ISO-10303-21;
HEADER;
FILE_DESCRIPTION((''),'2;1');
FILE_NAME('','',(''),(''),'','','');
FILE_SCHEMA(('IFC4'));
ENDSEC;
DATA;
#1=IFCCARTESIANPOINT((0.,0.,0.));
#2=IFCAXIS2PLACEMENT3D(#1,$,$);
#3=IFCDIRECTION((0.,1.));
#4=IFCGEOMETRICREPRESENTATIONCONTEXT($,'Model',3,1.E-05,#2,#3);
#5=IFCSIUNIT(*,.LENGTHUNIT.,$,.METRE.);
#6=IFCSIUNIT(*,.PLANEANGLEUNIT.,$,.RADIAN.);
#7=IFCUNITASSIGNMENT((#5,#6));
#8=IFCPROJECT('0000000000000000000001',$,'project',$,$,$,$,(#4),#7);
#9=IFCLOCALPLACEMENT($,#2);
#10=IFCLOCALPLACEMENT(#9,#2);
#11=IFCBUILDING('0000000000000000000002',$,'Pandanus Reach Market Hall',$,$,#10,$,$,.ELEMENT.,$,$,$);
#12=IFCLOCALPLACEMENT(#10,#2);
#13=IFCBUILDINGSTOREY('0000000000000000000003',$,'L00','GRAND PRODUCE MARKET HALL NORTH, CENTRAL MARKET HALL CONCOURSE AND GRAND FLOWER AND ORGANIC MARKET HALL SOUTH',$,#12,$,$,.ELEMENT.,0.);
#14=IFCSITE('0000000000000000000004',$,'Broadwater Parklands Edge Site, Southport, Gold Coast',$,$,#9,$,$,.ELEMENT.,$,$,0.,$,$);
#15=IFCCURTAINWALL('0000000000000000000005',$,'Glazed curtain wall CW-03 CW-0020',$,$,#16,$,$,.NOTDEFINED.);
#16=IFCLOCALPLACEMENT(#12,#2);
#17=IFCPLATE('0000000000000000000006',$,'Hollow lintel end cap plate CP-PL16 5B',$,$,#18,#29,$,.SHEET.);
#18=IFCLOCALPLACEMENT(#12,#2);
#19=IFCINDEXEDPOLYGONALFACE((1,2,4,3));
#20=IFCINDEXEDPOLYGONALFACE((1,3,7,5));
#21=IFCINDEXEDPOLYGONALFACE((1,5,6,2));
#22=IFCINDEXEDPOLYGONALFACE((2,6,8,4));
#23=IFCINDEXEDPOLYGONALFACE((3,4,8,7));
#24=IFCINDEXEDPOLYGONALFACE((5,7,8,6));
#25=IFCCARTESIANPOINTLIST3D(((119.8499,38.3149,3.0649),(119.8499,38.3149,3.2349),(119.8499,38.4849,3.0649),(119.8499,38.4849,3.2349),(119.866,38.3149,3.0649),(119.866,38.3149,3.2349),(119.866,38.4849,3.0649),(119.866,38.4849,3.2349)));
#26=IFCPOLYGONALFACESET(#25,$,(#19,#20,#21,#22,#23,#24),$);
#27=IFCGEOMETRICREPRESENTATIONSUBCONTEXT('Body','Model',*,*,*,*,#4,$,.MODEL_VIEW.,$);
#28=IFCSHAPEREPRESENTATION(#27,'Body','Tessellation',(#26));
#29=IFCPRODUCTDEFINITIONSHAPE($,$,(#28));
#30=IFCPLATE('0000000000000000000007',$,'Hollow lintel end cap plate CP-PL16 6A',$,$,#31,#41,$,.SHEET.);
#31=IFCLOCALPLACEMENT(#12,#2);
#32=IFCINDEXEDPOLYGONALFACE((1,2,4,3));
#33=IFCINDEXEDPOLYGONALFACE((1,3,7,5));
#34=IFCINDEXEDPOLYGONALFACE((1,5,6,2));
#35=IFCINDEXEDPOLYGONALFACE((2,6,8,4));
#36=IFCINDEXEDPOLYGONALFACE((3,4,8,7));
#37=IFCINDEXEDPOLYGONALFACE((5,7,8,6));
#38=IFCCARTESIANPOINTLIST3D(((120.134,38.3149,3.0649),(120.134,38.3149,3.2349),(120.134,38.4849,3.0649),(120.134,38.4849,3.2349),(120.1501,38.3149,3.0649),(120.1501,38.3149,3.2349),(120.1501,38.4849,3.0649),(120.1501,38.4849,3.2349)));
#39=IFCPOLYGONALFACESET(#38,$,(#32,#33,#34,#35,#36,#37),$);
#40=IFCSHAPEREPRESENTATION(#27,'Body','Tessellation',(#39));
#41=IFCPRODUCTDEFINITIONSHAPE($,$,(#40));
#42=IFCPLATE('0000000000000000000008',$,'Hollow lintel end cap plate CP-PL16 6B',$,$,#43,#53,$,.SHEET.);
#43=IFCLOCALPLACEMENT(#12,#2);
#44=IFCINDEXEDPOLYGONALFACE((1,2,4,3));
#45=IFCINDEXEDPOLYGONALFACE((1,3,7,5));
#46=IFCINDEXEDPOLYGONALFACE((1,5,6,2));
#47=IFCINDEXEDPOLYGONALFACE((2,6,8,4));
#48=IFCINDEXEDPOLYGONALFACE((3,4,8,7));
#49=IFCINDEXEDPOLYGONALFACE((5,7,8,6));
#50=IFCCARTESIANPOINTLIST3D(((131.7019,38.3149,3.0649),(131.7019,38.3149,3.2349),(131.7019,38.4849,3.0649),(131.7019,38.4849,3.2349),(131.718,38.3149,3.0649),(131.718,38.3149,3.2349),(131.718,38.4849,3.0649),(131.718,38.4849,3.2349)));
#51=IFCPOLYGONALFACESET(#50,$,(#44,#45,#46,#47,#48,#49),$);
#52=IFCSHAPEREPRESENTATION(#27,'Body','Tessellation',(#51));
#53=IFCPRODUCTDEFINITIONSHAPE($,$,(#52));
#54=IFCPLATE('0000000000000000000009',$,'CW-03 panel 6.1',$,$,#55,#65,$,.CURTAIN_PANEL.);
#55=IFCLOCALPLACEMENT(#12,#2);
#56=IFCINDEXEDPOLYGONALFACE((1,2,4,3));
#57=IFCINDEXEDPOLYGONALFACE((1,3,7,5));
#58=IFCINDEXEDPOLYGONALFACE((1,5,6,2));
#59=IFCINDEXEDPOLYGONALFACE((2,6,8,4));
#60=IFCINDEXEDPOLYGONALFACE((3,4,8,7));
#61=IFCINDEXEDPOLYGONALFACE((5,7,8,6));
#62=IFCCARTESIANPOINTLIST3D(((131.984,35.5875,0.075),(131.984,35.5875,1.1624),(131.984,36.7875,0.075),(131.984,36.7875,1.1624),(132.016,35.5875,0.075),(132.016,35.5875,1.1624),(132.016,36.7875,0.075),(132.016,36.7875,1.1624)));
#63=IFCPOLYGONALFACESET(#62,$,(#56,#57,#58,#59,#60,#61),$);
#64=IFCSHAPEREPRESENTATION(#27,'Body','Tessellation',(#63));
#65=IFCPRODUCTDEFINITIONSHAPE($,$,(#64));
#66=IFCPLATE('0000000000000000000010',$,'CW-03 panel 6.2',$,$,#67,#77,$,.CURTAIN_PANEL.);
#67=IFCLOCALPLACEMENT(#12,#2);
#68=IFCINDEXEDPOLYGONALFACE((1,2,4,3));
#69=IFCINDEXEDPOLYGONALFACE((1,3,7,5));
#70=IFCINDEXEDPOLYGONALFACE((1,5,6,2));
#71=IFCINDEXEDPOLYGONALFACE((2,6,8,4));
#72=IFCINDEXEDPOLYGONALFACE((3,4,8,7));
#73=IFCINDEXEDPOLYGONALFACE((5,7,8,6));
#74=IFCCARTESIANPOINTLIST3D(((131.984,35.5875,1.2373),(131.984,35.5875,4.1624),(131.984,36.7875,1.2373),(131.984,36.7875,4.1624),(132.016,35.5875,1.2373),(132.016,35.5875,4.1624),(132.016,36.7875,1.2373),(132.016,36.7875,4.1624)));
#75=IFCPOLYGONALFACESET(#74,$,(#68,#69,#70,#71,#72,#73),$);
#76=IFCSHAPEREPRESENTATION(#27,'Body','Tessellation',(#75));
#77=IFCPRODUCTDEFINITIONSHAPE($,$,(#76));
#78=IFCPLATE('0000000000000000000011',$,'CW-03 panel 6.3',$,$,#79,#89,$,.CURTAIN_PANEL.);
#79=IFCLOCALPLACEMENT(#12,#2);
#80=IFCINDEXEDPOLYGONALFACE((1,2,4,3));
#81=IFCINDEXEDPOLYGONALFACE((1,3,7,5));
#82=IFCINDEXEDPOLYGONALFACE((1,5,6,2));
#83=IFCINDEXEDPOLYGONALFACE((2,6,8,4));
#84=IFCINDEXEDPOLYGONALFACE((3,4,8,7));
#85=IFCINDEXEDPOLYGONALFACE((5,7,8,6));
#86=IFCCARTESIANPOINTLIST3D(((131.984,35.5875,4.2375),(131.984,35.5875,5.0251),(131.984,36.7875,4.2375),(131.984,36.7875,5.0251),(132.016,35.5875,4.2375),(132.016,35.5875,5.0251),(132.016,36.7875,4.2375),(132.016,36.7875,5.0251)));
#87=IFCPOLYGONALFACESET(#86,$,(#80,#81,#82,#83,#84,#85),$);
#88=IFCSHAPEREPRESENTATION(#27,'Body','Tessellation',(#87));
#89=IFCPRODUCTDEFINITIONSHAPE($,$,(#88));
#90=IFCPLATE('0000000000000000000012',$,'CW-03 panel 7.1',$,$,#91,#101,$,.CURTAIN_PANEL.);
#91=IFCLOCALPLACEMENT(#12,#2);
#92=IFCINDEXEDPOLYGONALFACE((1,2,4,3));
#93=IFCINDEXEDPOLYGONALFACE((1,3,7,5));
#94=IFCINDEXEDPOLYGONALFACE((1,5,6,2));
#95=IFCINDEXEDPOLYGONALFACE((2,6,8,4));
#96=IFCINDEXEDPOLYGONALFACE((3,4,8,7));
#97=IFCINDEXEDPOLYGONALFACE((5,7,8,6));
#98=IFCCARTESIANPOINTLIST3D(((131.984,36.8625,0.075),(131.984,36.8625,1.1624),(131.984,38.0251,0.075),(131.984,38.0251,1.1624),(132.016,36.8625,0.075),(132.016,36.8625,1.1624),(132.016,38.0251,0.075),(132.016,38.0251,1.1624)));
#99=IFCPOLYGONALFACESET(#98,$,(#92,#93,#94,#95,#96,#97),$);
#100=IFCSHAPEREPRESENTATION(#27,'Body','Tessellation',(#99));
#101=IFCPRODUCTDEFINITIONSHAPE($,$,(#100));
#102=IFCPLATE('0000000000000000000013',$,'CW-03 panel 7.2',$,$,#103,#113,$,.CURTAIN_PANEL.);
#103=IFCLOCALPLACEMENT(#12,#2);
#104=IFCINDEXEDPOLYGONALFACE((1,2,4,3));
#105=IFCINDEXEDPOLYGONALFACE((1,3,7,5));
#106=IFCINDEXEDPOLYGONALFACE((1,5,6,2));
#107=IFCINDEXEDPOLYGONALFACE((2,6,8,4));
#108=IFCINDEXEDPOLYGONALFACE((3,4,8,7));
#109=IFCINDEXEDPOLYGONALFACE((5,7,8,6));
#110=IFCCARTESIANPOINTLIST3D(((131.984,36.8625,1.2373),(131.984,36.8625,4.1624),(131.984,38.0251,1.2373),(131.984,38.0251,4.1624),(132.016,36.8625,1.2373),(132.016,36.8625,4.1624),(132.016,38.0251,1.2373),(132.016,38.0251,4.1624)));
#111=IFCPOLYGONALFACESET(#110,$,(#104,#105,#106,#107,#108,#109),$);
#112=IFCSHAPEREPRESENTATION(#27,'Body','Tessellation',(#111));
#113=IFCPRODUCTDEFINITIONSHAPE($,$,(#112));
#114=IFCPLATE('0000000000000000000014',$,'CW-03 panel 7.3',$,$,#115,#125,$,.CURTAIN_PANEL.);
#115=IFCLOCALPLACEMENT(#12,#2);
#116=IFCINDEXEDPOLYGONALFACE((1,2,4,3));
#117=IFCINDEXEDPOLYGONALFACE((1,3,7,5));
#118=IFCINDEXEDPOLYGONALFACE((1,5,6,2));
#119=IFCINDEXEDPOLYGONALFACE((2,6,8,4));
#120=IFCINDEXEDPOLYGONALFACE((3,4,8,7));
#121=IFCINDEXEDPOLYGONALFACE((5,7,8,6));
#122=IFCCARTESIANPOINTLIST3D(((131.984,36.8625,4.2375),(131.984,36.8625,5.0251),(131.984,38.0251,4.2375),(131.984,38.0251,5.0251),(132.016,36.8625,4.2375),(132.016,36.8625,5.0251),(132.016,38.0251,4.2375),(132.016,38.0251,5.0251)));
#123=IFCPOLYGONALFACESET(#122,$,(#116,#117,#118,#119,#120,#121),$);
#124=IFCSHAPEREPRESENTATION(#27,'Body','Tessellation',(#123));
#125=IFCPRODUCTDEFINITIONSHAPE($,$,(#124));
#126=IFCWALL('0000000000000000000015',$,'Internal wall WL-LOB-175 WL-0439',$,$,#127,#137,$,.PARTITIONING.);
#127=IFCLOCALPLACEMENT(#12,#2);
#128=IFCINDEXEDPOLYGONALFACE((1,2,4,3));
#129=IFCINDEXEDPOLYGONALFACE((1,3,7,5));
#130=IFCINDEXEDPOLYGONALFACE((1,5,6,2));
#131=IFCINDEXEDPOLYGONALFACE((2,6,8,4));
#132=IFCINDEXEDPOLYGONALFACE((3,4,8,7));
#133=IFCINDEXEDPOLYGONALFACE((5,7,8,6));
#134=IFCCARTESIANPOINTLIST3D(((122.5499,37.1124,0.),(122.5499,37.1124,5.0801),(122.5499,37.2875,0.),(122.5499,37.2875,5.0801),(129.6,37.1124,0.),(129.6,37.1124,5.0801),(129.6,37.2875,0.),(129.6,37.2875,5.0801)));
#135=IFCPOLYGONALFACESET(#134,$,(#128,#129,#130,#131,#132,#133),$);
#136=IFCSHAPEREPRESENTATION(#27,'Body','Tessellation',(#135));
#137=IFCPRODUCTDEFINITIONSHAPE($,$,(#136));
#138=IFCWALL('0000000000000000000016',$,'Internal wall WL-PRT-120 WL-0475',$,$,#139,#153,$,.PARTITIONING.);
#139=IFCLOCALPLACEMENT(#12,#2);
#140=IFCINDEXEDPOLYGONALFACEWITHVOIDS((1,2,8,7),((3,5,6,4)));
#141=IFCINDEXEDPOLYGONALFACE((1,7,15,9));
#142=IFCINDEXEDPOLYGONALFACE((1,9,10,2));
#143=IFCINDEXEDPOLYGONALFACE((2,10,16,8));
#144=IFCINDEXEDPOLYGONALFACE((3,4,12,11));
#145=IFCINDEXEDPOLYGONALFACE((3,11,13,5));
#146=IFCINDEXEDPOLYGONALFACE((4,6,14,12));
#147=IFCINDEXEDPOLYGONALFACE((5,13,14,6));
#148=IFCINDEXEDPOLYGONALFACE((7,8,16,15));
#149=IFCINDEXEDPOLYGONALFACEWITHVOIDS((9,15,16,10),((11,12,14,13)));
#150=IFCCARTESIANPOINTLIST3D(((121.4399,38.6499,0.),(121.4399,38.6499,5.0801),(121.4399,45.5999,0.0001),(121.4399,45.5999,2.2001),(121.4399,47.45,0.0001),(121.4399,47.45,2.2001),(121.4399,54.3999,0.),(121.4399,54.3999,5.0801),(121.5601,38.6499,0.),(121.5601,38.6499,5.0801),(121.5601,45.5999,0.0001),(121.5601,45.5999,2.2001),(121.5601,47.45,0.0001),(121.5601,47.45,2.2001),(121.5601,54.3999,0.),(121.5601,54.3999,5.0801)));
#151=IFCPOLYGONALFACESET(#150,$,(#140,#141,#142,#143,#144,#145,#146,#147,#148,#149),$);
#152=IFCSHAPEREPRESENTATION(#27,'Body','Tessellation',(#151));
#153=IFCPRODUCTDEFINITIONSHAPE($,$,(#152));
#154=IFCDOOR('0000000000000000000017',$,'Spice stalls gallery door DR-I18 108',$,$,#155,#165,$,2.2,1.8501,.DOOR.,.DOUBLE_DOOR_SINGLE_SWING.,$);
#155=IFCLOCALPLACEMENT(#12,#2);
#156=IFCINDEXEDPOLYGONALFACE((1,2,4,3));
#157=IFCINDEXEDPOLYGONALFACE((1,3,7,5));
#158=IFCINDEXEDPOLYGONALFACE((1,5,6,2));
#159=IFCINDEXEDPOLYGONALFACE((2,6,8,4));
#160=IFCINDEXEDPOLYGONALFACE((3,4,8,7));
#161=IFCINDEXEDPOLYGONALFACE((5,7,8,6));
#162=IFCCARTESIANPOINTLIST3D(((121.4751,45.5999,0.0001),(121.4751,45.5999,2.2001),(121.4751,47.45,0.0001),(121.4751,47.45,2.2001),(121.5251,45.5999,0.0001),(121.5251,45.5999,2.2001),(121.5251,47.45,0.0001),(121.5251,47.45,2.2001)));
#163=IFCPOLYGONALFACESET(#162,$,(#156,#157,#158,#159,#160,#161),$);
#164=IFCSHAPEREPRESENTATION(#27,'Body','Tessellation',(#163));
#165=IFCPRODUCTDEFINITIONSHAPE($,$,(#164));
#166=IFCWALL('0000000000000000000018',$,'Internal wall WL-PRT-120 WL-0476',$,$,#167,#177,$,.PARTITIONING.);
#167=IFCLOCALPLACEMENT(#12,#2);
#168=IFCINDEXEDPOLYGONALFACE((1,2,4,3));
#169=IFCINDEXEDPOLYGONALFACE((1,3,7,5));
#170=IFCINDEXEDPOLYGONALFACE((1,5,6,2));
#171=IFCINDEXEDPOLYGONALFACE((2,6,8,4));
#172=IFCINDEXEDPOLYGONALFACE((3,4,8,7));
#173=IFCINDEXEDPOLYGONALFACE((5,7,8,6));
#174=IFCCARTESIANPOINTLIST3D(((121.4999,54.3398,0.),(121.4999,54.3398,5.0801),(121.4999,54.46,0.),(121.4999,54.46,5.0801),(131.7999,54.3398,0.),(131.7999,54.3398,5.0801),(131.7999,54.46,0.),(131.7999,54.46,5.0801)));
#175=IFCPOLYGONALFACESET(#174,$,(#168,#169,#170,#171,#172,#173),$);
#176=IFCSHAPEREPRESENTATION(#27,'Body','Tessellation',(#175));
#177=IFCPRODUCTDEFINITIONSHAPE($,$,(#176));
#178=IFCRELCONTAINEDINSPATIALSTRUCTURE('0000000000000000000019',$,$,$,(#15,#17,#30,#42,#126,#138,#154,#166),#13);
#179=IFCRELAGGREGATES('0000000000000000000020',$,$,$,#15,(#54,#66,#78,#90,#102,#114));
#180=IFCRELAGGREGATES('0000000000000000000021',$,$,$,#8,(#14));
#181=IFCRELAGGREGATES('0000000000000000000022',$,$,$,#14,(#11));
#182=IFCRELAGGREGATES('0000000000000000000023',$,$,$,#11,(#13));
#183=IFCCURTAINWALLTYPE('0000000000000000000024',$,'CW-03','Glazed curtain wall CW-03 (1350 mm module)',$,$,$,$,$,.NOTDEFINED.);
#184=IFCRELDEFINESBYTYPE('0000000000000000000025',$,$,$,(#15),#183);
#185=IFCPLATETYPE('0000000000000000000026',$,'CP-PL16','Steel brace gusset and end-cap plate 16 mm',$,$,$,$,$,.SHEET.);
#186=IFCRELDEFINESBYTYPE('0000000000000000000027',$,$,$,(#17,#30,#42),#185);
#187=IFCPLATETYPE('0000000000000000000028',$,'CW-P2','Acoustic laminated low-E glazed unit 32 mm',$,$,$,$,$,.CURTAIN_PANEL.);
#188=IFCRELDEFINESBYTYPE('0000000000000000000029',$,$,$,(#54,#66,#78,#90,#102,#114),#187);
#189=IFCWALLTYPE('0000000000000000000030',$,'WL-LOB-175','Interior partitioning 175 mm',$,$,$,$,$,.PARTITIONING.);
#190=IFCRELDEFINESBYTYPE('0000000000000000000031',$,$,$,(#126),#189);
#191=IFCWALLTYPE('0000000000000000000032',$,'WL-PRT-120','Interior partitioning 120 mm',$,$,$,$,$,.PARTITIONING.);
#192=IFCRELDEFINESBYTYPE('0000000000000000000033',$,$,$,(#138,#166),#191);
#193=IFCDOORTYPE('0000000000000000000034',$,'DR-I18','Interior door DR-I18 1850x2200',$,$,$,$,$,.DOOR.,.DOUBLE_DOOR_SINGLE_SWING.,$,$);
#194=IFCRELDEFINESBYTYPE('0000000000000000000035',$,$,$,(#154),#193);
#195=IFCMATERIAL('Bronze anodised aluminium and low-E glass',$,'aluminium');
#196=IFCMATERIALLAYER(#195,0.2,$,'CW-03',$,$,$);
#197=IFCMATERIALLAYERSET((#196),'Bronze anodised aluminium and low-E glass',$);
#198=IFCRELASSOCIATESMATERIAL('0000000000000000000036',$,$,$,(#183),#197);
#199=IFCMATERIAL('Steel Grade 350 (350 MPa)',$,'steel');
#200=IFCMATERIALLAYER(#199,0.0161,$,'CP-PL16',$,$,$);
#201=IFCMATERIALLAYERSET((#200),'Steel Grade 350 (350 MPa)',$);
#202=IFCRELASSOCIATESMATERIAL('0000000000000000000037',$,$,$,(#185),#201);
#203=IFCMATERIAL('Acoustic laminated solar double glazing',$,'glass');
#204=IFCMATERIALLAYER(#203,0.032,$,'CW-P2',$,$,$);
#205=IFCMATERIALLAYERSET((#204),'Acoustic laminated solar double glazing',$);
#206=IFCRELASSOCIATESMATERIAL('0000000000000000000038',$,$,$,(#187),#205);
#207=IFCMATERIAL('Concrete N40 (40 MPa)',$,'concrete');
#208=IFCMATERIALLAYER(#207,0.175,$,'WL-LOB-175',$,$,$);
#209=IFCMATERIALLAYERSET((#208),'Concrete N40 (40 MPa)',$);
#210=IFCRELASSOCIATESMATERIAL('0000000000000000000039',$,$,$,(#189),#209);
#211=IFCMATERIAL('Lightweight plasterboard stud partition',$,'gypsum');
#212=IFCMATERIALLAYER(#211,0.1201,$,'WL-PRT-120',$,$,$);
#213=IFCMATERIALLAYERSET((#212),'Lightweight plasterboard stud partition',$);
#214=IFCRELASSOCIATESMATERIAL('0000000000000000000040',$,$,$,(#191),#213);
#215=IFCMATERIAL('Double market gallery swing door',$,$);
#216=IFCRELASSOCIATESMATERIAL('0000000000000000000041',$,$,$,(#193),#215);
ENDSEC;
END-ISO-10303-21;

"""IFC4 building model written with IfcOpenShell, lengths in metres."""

from ifc_helpers import new_model, si_unit, direction, frame, frame_2d, origin, origin_2d, place, context, subcontext, project, spatial, rectangle, extrude, material, layer, layer_set, type_object, element, fill, aggregate, save


model = new_model("IFC4")

# Units and contexts
model_context = context("Model", 3, precision=1e-05, world=origin(), true_north=direction((0.0, 1.0)))
body_context = subcontext(model_context, "Body", "Model", "MODEL_VIEW")
ifc_project = project(units=[si_unit("LENGTHUNIT", "METRE"), si_unit("PLANEANGLEUNIT", "RADIAN")], contexts=[model_context])

# Site, building, storey
site_placement = place(None, origin())
site = spatial("IfcSite", under=ifc_project, at=site_placement, Name="Broadwater Parklands Edge Site, Southport, Gold Coast", CompositionType="ELEMENT", RefElevation=0.0)
building_placement = place(site_placement, origin())
building = spatial("IfcBuilding", under=site, at=building_placement, Name="Pandanus Reach Market Hall", CompositionType="ELEMENT")
storey_placement = place(building_placement, origin())
storey = spatial("IfcBuildingStorey", under=building, at=storey_placement, Name="L00", Description="GRAND PRODUCE MARKET HALL NORTH, CENTRAL MARKET HALL CONCOURSE AND GRAND FLOWER AND ORGANIC MARKET HALL SOUTH", CompositionType="ELEMENT", Elevation=0.0)

# Shared definitions
ifc_material_1 = material(Name="Concrete N40 (40 MPa)", Category="concrete")

# Shared definitions
ifc_material_2 = material(Name="Steel Grade 350 (350 MPa)", Category="steel")

# Curtain wall
ifc_material_3 = material(Name="Bronze anodised aluminium and low-E glass", Category="aluminium")
ifc_layer_1 = layer(ifc_material_3, 0.2, Name="CW-03")
ifc_layer_set_1 = layer_set([ifc_layer_1], Name="Bronze anodised aluminium and low-E glass")
curtain_wall_type = type_object("IfcCurtainWallType", Name="CW-03", Description="Glazed curtain wall CW-03 (1350 mm module)", PredefinedType="NOTDEFINED", material=ifc_layer_set_1)
curtain_wall_placement = place(storey_placement, origin())
curtain_wall = element("IfcCurtainWall", 1, at=curtain_wall_placement, inside=storey, type_object=curtain_wall_type, Name="Glazed curtain wall CW-03 CW-0020", PredefinedType="NOTDEFINED")

# Plates
ifc_layer_2 = layer(ifc_material_2, 0.0161, Name="CP-PL16")
ifc_layer_set_2 = layer_set([ifc_layer_2], Name="Steel Grade 350 (350 MPa)")
plate_type_1 = type_object("IfcPlateType", Name="CP-PL16", Description="Steel brace gusset and end-cap plate 16 mm", PredefinedType="SHEET", material=ifc_layer_set_2)
for number, where, z_axis, x_axis, name in (
    (2, (119.8579, 38.3999, 3.0649), (0.0, 0.0, 1.0), (1.0, 0.0, 0.0), "Hollow lintel end cap plate CP-PL16 5B"),
    (3, (120.1421, 38.3999, 3.0649), (0.0, 0.0, 1.0), (1.0, 0.0, 0.0), "Hollow lintel end cap plate CP-PL16 6A"),
    (4, (131.71, 38.3999, 3.0649), (0.0, 0.0, 1.0), (1.0, 0.0, 0.0), "Hollow lintel end cap plate CP-PL16 6B"),
):
    element("IfcPlate", number, at=place(storey_placement, frame(where, z_axis=z_axis, x_axis=x_axis)), inside=storey, type_object=plate_type_1, Name=name, PredefinedType="SHEET", context=body_context, shape_type="SweptSolid", body=[
        extrude(rectangle(XDim=0.0161, YDim=0.1699, at=origin_2d()), origin(), (0.0, 0.0, 1.0), 0.1699),
    ])

# Plates
ifc_material_4 = material(Name="Acoustic laminated solar double glazing", Category="glass")
ifc_layer_3 = layer(ifc_material_4, 0.032, Name="CW-P2")
ifc_layer_set_3 = layer_set([ifc_layer_3], Name="Acoustic laminated solar double glazing")
plate_type_2 = type_object("IfcPlateType", Name="CW-P2", Description="Acoustic laminated low-E glazed unit 32 mm", PredefinedType="CURTAIN_PANEL", material=ifc_layer_set_3)
plate_1_placement = place(storey_placement, frame((132.0, 36.1875, 0.075), z_axis=(0.0, 0.0, 1.0), x_axis=(0.0, 1.0, 0.0)))
plate_1 = element("IfcPlate", 5, at=plate_1_placement, type_object=plate_type_2, Name="CW-03 panel 6.1", PredefinedType="CURTAIN_PANEL", context=body_context, shape_type="SweptSolid", body=[
    extrude(rectangle(XDim=1.2, YDim=0.032, at=origin_2d()), origin(), (0.0, 0.0, 1.0), 1.0874),
])
plate_2_placement = place(storey_placement, frame((132.0, 36.1875, 1.2373), z_axis=(0.0, 0.0, 1.0), x_axis=(0.0, 1.0, 0.0)))
plate_2 = element("IfcPlate", 6, at=plate_2_placement, type_object=plate_type_2, Name="CW-03 panel 6.2", PredefinedType="CURTAIN_PANEL", context=body_context, shape_type="SweptSolid", body=[
    extrude(rectangle(XDim=1.2, YDim=0.032, at=origin_2d()), origin(), (0.0, 0.0, 1.0), 2.925),
])
plate_3_placement = place(storey_placement, frame((132.0, 36.1875, 4.2375), z_axis=(0.0, 0.0, 1.0), x_axis=(0.0, 1.0, 0.0)))
plate_3 = element("IfcPlate", 7, at=plate_3_placement, type_object=plate_type_2, Name="CW-03 panel 6.3", PredefinedType="CURTAIN_PANEL", context=body_context, shape_type="SweptSolid", body=[
    extrude(rectangle(XDim=1.2, YDim=0.032, at=origin_2d()), origin(), (0.0, 0.0, 1.0), 0.7876),
])
plate_4_placement = place(storey_placement, frame((132.0, 37.4438, 0.075), z_axis=(0.0, 0.0, 1.0), x_axis=(0.0, 1.0, 0.0)))
plate_4 = element("IfcPlate", 8, at=plate_4_placement, type_object=plate_type_2, Name="CW-03 panel 7.1", PredefinedType="CURTAIN_PANEL", context=body_context, shape_type="SweptSolid", body=[
    extrude(rectangle(XDim=1.1626, YDim=0.032, at=origin_2d()), origin(), (0.0, 0.0, 1.0), 1.0874),
])
plate_5_placement = place(storey_placement, frame((132.0, 37.4438, 1.2373), z_axis=(0.0, 0.0, 1.0), x_axis=(0.0, 1.0, 0.0)))
plate_5 = element("IfcPlate", 9, at=plate_5_placement, type_object=plate_type_2, Name="CW-03 panel 7.2", PredefinedType="CURTAIN_PANEL", context=body_context, shape_type="SweptSolid", body=[
    extrude(rectangle(XDim=1.1626, YDim=0.032, at=origin_2d()), origin(), (0.0, 0.0, 1.0), 2.925),
])
plate_6_placement = place(storey_placement, frame((132.0, 37.4438, 4.2375), z_axis=(0.0, 0.0, 1.0), x_axis=(0.0, 1.0, 0.0)))
plate_6 = element("IfcPlate", 10, at=plate_6_placement, type_object=plate_type_2, Name="CW-03 panel 7.3", PredefinedType="CURTAIN_PANEL", context=body_context, shape_type="SweptSolid", body=[
    extrude(rectangle(XDim=1.1626, YDim=0.032, at=origin_2d()), origin(), (0.0, 0.0, 1.0), 0.7876),
])
aggregate(curtain_wall, [plate_1, plate_2, plate_3, plate_4, plate_5, plate_6])

# Wall
ifc_layer_4 = layer(ifc_material_1, 0.175, Name="WL-LOB-175")
ifc_layer_set_4 = layer_set([ifc_layer_4], Name="Concrete N40 (40 MPa)")
wall_type_1 = type_object("IfcWallType", Name="WL-LOB-175", Description="Interior partitioning 175 mm", PredefinedType="PARTITIONING", material=ifc_layer_set_4)
wall_1_placement = place(storey_placement, frame((122.55, 37.2, 0.0), z_axis=(0.0, 0.0, 1.0), x_axis=(1.0, 0.0, 0.0)))
element("IfcWall", 11, at=wall_1_placement, inside=storey, type_object=wall_type_1, Name="Internal wall WL-LOB-175 WL-0439", PredefinedType="PARTITIONING", context=body_context, shape_type="SweptSolid", body=[
    extrude(rectangle(XDim=7.05, YDim=0.175, at=frame_2d((3.5249, 0.0))), origin(), (0.0, 0.0, 1.0), 5.0801),
])

# Wall, opening, door
ifc_material_5 = material(Name="Lightweight plasterboard stud partition", Category="gypsum")
ifc_layer_5 = layer(ifc_material_5, 0.1201, Name="WL-PRT-120")
ifc_layer_set_5 = layer_set([ifc_layer_5], Name="Lightweight plasterboard stud partition")
wall_type_2 = type_object("IfcWallType", Name="WL-PRT-120", Description="Interior partitioning 120 mm", PredefinedType="PARTITIONING", material=ifc_layer_set_5)
wall_2_placement = place(storey_placement, frame((121.5, 38.6499, 0.0), z_axis=(0.0, 0.0, 1.0), x_axis=(0.0, 1.0, 0.0)))
wall_2 = element("IfcWall", 12, at=wall_2_placement, inside=storey, type_object=wall_type_2, Name="Internal wall WL-PRT-120 WL-0475", PredefinedType="PARTITIONING", context=body_context, shape_type="SweptSolid", body=[
    extrude(rectangle(XDim=15.75, YDim=0.1201, at=frame_2d((7.875, 0.0))), origin(), (0.0, 0.0, 1.0), 5.0801),
])
opening_1_placement = place(wall_2_placement, frame((6.95, 0.0, 0.0)))
opening_1 = element("IfcOpeningElement", 13, at=opening_1_placement, cuts=wall_2, PredefinedType="OPENING", context=body_context, shape_type="SweptSolid", body=[
    extrude(rectangle(XDim=1.8501, YDim=2.2, at=frame_2d((0.925, 1.1001))), frame((0.0, 0.075, 0.0), z_axis=(0.0, -1.0, 0.0), x_axis=(1.0, 0.0, 0.0)), (0.0, 0.0, 1.0), 0.1501),
])
ifc_material_6 = material(Name="Double market gallery swing door")
door_type_1 = type_object("IfcDoorType", Name="DR-I18", Description="Interior door DR-I18 1850x2200", OperationType="DOUBLE_DOOR_SINGLE_SWING", PredefinedType="DOOR", material=ifc_material_6)
door_1_placement = place(opening_1_placement, origin())
door_1 = element("IfcDoor", 14, at=door_1_placement, inside=storey, type_object=door_type_1, Name="Spice stalls gallery door DR-I18 108", OperationType="DOUBLE_DOOR_SINGLE_SWING", OverallHeight=2.2, OverallWidth=1.8501, PredefinedType="DOOR", context=body_context, shape_type="SweptSolid", body=[
    extrude(rectangle(XDim=1.8501, YDim=2.2, at=frame_2d((0.925, 1.1001))), frame((0.0, 0.0249, 0.0), z_axis=(0.0, -1.0, 0.0), x_axis=(1.0, 0.0, 0.0)), (0.0, 0.0, 1.0), 0.05),
])
fill(opening_1, door_1)

# Wall
wall_3_placement = place(storey_placement, frame((121.5, 54.3999, 0.0), z_axis=(0.0, 0.0, 1.0), x_axis=(1.0, 0.0, 0.0)))
element("IfcWall", 15, at=wall_3_placement, inside=storey, type_object=wall_type_2, Name="Internal wall WL-PRT-120 WL-0476", PredefinedType="PARTITIONING", context=body_context, shape_type="SweptSolid", body=[
    extrude(rectangle(XDim=10.3, YDim=0.1201, at=frame_2d((5.1499, 0.0))), origin(), (0.0, 0.0, 1.0), 5.0801),
])

save(model, "model.ifc")
